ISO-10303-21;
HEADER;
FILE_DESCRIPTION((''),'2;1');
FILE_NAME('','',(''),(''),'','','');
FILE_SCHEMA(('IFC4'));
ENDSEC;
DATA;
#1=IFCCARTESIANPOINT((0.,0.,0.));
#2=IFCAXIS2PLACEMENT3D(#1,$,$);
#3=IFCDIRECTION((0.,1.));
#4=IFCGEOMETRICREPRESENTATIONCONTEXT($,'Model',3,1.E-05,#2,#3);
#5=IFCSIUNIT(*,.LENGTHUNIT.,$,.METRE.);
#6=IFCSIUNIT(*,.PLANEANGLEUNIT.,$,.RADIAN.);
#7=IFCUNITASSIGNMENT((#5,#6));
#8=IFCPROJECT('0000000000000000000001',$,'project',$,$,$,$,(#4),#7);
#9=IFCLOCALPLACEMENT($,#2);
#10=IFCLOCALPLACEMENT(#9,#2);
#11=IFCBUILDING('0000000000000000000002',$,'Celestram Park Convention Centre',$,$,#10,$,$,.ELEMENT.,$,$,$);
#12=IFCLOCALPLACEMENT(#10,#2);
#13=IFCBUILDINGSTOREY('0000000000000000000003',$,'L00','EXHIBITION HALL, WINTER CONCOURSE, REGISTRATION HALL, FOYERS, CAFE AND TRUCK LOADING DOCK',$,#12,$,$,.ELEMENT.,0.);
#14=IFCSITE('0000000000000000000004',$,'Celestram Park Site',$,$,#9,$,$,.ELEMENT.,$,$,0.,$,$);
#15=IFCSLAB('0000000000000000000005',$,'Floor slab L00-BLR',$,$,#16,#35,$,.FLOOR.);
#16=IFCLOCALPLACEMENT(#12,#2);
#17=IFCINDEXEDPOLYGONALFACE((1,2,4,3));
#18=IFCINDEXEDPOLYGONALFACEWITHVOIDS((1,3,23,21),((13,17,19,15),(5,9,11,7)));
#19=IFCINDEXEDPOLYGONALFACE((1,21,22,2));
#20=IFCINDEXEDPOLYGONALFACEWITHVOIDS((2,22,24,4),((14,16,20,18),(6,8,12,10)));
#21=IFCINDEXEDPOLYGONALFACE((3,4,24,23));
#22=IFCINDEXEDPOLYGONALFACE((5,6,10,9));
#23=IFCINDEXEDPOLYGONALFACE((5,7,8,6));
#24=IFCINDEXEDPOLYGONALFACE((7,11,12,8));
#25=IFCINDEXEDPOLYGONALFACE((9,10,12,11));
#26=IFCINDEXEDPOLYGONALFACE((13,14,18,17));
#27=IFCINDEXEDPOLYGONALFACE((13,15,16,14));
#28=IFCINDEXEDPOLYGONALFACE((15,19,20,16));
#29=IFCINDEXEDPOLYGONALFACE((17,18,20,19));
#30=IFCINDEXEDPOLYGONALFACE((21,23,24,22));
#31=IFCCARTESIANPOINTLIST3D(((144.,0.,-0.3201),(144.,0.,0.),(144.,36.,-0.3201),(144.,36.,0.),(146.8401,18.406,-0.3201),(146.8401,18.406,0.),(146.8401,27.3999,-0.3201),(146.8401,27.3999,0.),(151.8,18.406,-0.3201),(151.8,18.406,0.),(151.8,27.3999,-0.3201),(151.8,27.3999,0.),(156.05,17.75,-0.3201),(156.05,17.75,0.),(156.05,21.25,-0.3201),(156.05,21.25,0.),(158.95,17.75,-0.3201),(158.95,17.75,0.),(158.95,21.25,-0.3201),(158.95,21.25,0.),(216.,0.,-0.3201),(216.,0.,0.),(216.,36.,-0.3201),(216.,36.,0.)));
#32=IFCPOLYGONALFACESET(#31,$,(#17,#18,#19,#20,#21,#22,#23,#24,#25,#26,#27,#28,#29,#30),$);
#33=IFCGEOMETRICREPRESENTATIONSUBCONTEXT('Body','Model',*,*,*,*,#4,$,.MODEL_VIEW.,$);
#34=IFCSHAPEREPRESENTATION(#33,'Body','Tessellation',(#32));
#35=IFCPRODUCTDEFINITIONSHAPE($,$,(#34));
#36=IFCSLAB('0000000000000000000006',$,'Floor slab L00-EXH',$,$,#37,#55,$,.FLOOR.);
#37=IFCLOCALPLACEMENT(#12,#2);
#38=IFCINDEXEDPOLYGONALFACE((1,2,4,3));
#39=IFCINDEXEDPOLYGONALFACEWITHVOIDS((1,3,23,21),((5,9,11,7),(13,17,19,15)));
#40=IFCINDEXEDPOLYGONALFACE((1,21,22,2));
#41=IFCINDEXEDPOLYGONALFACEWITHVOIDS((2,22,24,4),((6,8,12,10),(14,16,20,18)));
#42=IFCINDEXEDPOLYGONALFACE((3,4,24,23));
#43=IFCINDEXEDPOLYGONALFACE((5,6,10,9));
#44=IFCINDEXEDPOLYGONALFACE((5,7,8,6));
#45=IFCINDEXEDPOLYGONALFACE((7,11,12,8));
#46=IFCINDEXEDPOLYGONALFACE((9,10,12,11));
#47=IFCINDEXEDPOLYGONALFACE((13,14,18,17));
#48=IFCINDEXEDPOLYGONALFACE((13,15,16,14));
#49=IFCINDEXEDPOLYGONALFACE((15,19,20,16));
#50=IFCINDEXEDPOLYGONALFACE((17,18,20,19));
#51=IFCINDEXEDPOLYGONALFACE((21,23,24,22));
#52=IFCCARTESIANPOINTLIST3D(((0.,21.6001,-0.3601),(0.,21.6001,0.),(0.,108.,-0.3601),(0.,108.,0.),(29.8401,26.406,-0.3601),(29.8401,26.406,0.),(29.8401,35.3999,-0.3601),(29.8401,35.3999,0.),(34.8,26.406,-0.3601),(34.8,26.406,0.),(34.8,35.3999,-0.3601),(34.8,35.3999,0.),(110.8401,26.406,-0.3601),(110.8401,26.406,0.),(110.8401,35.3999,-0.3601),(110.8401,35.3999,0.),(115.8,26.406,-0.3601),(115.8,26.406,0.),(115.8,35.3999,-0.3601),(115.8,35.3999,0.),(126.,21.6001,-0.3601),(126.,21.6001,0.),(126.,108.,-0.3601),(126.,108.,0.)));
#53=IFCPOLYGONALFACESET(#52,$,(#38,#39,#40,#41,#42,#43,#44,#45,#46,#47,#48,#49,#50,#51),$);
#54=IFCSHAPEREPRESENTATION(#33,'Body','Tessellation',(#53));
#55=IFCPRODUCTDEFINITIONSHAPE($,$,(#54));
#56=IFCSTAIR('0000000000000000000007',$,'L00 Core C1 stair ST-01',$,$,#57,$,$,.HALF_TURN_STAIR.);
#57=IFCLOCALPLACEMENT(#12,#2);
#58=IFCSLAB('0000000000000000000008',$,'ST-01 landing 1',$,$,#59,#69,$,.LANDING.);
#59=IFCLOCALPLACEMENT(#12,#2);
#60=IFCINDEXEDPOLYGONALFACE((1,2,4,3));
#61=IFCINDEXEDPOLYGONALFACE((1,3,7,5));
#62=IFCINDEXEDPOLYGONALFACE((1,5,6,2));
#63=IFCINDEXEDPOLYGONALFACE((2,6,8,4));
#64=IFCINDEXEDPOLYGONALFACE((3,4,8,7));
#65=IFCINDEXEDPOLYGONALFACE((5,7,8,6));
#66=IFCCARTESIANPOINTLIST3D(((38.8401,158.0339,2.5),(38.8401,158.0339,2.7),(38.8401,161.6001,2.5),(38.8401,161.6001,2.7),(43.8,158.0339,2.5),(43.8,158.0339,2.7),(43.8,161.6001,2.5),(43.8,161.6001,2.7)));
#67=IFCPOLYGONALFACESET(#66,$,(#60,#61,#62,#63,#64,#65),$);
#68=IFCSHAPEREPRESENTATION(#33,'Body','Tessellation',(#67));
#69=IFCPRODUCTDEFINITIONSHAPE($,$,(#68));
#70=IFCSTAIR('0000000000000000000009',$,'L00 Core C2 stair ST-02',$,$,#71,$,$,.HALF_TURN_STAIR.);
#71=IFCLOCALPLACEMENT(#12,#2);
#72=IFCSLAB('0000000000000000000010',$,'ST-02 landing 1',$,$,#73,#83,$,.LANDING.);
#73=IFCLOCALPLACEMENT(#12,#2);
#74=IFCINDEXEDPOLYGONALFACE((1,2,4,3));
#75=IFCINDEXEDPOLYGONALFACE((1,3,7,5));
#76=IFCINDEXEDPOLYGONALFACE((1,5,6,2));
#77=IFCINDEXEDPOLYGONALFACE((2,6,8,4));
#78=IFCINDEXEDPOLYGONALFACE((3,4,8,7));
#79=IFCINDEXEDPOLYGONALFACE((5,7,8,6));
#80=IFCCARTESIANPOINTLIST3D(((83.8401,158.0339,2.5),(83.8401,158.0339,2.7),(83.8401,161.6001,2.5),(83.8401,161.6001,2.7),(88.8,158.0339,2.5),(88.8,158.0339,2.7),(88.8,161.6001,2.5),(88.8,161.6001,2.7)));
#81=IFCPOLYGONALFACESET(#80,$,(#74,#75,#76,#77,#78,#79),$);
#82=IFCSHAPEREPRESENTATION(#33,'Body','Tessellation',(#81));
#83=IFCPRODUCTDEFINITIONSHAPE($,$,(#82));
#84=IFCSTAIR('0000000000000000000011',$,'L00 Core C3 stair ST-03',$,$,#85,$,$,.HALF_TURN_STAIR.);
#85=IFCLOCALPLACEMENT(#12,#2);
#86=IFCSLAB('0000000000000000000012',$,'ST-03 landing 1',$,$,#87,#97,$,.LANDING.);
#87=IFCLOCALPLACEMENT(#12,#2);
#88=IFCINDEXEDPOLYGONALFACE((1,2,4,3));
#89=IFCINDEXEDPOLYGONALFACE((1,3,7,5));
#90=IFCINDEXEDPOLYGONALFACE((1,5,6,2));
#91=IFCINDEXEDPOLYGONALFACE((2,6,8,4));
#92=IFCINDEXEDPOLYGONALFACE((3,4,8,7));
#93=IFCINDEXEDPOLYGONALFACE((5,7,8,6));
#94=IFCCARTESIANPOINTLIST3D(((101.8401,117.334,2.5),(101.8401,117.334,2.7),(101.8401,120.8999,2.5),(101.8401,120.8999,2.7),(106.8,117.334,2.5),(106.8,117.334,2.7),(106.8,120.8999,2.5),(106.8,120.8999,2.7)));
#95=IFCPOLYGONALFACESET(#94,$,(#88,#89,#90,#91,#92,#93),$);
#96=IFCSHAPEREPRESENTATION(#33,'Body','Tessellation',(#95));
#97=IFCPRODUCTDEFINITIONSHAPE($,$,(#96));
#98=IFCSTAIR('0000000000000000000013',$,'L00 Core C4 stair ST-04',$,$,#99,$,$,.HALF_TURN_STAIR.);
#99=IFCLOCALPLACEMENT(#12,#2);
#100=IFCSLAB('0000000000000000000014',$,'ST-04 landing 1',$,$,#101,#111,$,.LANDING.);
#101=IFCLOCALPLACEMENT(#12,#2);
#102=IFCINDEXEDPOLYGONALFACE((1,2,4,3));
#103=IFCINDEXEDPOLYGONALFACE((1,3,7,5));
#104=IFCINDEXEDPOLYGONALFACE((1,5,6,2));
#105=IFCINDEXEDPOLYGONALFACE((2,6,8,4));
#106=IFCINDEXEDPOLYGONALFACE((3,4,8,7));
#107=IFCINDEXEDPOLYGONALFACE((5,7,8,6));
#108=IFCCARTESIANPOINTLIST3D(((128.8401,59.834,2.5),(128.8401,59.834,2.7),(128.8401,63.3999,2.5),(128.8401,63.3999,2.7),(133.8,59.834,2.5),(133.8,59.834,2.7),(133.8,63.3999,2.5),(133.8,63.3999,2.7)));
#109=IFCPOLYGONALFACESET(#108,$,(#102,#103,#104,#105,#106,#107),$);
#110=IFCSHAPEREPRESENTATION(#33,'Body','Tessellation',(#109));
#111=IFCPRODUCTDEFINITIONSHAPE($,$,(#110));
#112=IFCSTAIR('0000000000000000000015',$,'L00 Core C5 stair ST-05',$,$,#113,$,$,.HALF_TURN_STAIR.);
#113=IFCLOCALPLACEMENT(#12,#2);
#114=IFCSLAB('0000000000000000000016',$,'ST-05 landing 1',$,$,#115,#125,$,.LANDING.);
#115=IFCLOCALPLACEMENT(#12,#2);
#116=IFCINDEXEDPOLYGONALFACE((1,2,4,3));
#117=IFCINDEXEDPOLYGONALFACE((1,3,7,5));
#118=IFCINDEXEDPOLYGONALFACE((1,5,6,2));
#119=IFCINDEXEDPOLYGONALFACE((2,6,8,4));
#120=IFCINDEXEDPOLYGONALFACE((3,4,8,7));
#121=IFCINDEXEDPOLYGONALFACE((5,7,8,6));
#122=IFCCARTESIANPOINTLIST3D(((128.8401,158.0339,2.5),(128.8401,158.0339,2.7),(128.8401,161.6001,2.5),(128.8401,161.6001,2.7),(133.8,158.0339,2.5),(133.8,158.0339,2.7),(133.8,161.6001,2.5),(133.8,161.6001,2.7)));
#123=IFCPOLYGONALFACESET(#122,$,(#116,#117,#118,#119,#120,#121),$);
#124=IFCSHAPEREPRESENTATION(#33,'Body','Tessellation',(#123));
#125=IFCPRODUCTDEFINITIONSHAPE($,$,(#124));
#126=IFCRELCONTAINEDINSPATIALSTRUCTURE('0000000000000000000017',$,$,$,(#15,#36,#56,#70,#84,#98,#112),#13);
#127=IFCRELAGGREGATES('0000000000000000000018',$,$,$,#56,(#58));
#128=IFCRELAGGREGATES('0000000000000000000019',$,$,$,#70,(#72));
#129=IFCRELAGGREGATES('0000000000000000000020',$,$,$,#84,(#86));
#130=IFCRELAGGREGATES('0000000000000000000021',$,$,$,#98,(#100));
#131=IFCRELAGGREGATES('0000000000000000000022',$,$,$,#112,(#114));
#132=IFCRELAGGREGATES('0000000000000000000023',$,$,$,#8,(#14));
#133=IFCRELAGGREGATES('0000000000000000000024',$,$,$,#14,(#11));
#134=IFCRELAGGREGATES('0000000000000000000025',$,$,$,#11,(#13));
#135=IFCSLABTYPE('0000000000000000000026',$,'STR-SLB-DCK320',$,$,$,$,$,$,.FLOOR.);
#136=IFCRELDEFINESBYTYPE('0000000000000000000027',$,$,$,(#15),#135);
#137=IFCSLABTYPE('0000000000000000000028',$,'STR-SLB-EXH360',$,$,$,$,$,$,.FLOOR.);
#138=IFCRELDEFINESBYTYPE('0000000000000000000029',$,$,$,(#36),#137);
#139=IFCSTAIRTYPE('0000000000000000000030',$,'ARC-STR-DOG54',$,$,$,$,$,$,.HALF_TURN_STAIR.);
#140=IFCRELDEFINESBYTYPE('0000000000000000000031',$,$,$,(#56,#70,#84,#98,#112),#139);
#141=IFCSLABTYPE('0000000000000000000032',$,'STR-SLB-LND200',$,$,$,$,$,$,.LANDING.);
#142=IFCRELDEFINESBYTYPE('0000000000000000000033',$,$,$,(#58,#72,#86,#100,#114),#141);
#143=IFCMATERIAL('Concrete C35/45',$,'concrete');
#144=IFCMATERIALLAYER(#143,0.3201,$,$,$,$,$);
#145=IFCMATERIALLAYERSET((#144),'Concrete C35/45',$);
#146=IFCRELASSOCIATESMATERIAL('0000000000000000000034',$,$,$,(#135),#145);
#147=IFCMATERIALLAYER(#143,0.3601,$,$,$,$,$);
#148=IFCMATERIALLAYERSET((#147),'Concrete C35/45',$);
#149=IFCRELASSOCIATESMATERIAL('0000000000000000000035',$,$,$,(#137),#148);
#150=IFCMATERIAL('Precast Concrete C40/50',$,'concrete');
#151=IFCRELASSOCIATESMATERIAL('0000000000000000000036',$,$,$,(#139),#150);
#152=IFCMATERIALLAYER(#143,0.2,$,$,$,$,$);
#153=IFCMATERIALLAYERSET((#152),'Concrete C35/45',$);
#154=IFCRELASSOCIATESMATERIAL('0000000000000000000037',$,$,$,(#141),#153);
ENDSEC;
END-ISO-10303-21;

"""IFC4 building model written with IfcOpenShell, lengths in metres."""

from ifc_helpers import new_model, si_unit, direction, frame, origin, place, context, subcontext, project, spatial, polyline, outline, extrude, material, layer, layer_set, type_object, element, aggregate, save


model = new_model("IFC4")

# Units and contexts
model_context = context("Model", 3, precision=1e-05, world=origin(), true_north=direction((0.0, 1.0)))
body_context = subcontext(model_context, "Body", "Model", "MODEL_VIEW")
ifc_project = project(units=[si_unit("LENGTHUNIT", "METRE"), si_unit("PLANEANGLEUNIT", "RADIAN")], contexts=[model_context])

# Site, building, storey
site_placement = place(None, origin())
site = spatial("IfcSite", under=ifc_project, at=site_placement, Name="Celestram Park Site", CompositionType="ELEMENT", RefElevation=0.0)
building_placement = place(site_placement, origin())
building = spatial("IfcBuilding", under=site, at=building_placement, Name="Celestram Park Convention Centre", CompositionType="ELEMENT")
storey_placement = place(building_placement, origin())
storey = spatial("IfcBuildingStorey", under=building, at=storey_placement, Name="L00", Description="EXHIBITION HALL, WINTER CONCOURSE, REGISTRATION HALL, FOYERS, CAFE AND TRUCK LOADING DOCK", CompositionType="ELEMENT", Elevation=0.0)

# Slabs
ifc_material_1 = material(Name="Concrete C35/45", Category="concrete")
ifc_layer_1 = layer(ifc_material_1, 0.3201)
ifc_layer_set_1 = layer_set([ifc_layer_1], Name="Concrete C35/45")
slab_type_1 = type_object("IfcSlabType", Name="STR-SLB-DCK320", PredefinedType="FLOOR", material=ifc_layer_set_1)
slab_1_placement = place(storey_placement, frame((0.0, 0.0, -0.3201)))
element("IfcSlab", 1, at=slab_1_placement, inside=storey, type_object=slab_type_1, Name="Floor slab L00-BLR", PredefinedType="FLOOR", context=body_context, shape_type="SweptSolid", body=[
    extrude(outline(polyline([(144.0, 0.0), (144.0, 36.0), (216.0, 36.0), (216.0, 0.0), (144.0, 0.0)]), holes=[polyline([(158.95, 17.75), (158.95, 21.25), (156.05, 21.25), (156.05, 17.75), (158.95, 17.75)]), polyline([(151.8, 27.3999), (146.8401, 27.3999), (146.8401, 18.406), (151.8, 18.406), (151.8, 27.3999)])]), origin(), (0.0, 0.0, 1.0), 0.3201),
])
ifc_layer_2 = layer(ifc_material_1, 0.3601)
ifc_layer_set_2 = layer_set([ifc_layer_2], Name="Concrete C35/45")
slab_type_2 = type_object("IfcSlabType", Name="STR-SLB-EXH360", PredefinedType="FLOOR", material=ifc_layer_set_2)
slab_2_placement = place(storey_placement, frame((0.0, 0.0, -0.3601)))
element("IfcSlab", 2, at=slab_2_placement, inside=storey, type_object=slab_type_2, Name="Floor slab L00-EXH", PredefinedType="FLOOR", context=body_context, shape_type="SweptSolid", body=[
    extrude(outline(polyline([(0.0, 21.6001), (0.0, 108.0), (126.0, 108.0), (126.0, 21.6001), (0.0, 21.6001)]), holes=[polyline([(34.8, 35.3999), (29.8401, 35.3999), (29.8401, 26.406), (34.8, 26.406), (34.8, 35.3999)]), polyline([(115.8, 26.406), (115.8, 35.3999), (110.8401, 35.3999), (110.8401, 26.406), (115.8, 26.406)])]), origin(), (0.0, 0.0, 1.0), 0.3601),
])

# Stairs, slabs
ifc_material_2 = material(Name="Precast Concrete C40/50", Category="concrete")
stair_type = type_object("IfcStairType", Name="ARC-STR-DOG54", PredefinedType="HALF_TURN_STAIR", material=ifc_material_2)
stair_1_placement = place(storey_placement, origin())
stair_1 = element("IfcStair", 3, at=stair_1_placement, inside=storey, type_object=stair_type, Name="L00 Core C1 stair ST-01", PredefinedType="HALF_TURN_STAIR")
ifc_layer_3 = layer(ifc_material_1, 0.2)
ifc_layer_set_3 = layer_set([ifc_layer_3], Name="Concrete C35/45")
slab_type_3 = type_object("IfcSlabType", Name="STR-SLB-LND200", PredefinedType="LANDING", material=ifc_layer_set_3)
slab_3_placement = place(storey_placement, frame((0.0, 0.0, 2.5)))
slab_3 = element("IfcSlab", 4, at=slab_3_placement, type_object=slab_type_3, Name="ST-01 landing 1", PredefinedType="LANDING", context=body_context, shape_type="SweptSolid", body=[
    extrude(outline(polyline([(43.8, 158.0339), (43.8, 161.6001), (38.8401, 161.6001), (38.8401, 158.0339), (43.8, 158.0339)])), origin(), (0.0, 0.0, 1.0), 0.2),
])
aggregate(stair_1, [slab_3])
stair_2_placement = place(storey_placement, origin())
stair_2 = element("IfcStair", 5, at=stair_2_placement, inside=storey, type_object=stair_type, Name="L00 Core C2 stair ST-02", PredefinedType="HALF_TURN_STAIR")
slab_4_placement = place(storey_placement, frame((0.0, 0.0, 2.5)))
slab_4 = element("IfcSlab", 6, at=slab_4_placement, type_object=slab_type_3, Name="ST-02 landing 1", PredefinedType="LANDING", context=body_context, shape_type="SweptSolid", body=[
    extrude(outline(polyline([(88.8, 158.0339), (88.8, 161.6001), (83.8401, 161.6001), (83.8401, 158.0339), (88.8, 158.0339)])), origin(), (0.0, 0.0, 1.0), 0.2),
])
aggregate(stair_2, [slab_4])
stair_3_placement = place(storey_placement, origin())
stair_3 = element("IfcStair", 7, at=stair_3_placement, inside=storey, type_object=stair_type, Name="L00 Core C3 stair ST-03", PredefinedType="HALF_TURN_STAIR")
slab_5_placement = place(storey_placement, frame((0.0, 0.0, 2.5)))
slab_5 = element("IfcSlab", 8, at=slab_5_placement, type_object=slab_type_3, Name="ST-03 landing 1", PredefinedType="LANDING", context=body_context, shape_type="SweptSolid", body=[
    extrude(outline(polyline([(106.8, 117.334), (106.8, 120.8999), (101.8401, 120.8999), (101.8401, 117.334), (106.8, 117.334)])), origin(), (0.0, 0.0, 1.0), 0.2),
])
aggregate(stair_3, [slab_5])
stair_4_placement = place(storey_placement, origin())
stair_4 = element("IfcStair", 9, at=stair_4_placement, inside=storey, type_object=stair_type, Name="L00 Core C4 stair ST-04", PredefinedType="HALF_TURN_STAIR")
slab_6_placement = place(storey_placement, frame((0.0, 0.0, 2.5)))
slab_6 = element("IfcSlab", 10, at=slab_6_placement, type_object=slab_type_3, Name="ST-04 landing 1", PredefinedType="LANDING", context=body_context, shape_type="SweptSolid", body=[
    extrude(outline(polyline([(133.8, 59.834), (133.8, 63.3999), (128.8401, 63.3999), (128.8401, 59.834), (133.8, 59.834)])), origin(), (0.0, 0.0, 1.0), 0.2),
])
aggregate(stair_4, [slab_6])
stair_5_placement = place(storey_placement, origin())
stair_5 = element("IfcStair", 11, at=stair_5_placement, inside=storey, type_object=stair_type, Name="L00 Core C5 stair ST-05", PredefinedType="HALF_TURN_STAIR")
slab_7_placement = place(storey_placement, frame((0.0, 0.0, 2.5)))
slab_7 = element("IfcSlab", 12, at=slab_7_placement, type_object=slab_type_3, Name="ST-05 landing 1", PredefinedType="LANDING", context=body_context, shape_type="SweptSolid", body=[
    extrude(outline(polyline([(133.8, 158.0339), (133.8, 161.6001), (128.8401, 161.6001), (128.8401, 158.0339), (133.8, 158.0339)])), origin(), (0.0, 0.0, 1.0), 0.2),
])
aggregate(stair_5, [slab_7])

save(model, "model.ifc")
